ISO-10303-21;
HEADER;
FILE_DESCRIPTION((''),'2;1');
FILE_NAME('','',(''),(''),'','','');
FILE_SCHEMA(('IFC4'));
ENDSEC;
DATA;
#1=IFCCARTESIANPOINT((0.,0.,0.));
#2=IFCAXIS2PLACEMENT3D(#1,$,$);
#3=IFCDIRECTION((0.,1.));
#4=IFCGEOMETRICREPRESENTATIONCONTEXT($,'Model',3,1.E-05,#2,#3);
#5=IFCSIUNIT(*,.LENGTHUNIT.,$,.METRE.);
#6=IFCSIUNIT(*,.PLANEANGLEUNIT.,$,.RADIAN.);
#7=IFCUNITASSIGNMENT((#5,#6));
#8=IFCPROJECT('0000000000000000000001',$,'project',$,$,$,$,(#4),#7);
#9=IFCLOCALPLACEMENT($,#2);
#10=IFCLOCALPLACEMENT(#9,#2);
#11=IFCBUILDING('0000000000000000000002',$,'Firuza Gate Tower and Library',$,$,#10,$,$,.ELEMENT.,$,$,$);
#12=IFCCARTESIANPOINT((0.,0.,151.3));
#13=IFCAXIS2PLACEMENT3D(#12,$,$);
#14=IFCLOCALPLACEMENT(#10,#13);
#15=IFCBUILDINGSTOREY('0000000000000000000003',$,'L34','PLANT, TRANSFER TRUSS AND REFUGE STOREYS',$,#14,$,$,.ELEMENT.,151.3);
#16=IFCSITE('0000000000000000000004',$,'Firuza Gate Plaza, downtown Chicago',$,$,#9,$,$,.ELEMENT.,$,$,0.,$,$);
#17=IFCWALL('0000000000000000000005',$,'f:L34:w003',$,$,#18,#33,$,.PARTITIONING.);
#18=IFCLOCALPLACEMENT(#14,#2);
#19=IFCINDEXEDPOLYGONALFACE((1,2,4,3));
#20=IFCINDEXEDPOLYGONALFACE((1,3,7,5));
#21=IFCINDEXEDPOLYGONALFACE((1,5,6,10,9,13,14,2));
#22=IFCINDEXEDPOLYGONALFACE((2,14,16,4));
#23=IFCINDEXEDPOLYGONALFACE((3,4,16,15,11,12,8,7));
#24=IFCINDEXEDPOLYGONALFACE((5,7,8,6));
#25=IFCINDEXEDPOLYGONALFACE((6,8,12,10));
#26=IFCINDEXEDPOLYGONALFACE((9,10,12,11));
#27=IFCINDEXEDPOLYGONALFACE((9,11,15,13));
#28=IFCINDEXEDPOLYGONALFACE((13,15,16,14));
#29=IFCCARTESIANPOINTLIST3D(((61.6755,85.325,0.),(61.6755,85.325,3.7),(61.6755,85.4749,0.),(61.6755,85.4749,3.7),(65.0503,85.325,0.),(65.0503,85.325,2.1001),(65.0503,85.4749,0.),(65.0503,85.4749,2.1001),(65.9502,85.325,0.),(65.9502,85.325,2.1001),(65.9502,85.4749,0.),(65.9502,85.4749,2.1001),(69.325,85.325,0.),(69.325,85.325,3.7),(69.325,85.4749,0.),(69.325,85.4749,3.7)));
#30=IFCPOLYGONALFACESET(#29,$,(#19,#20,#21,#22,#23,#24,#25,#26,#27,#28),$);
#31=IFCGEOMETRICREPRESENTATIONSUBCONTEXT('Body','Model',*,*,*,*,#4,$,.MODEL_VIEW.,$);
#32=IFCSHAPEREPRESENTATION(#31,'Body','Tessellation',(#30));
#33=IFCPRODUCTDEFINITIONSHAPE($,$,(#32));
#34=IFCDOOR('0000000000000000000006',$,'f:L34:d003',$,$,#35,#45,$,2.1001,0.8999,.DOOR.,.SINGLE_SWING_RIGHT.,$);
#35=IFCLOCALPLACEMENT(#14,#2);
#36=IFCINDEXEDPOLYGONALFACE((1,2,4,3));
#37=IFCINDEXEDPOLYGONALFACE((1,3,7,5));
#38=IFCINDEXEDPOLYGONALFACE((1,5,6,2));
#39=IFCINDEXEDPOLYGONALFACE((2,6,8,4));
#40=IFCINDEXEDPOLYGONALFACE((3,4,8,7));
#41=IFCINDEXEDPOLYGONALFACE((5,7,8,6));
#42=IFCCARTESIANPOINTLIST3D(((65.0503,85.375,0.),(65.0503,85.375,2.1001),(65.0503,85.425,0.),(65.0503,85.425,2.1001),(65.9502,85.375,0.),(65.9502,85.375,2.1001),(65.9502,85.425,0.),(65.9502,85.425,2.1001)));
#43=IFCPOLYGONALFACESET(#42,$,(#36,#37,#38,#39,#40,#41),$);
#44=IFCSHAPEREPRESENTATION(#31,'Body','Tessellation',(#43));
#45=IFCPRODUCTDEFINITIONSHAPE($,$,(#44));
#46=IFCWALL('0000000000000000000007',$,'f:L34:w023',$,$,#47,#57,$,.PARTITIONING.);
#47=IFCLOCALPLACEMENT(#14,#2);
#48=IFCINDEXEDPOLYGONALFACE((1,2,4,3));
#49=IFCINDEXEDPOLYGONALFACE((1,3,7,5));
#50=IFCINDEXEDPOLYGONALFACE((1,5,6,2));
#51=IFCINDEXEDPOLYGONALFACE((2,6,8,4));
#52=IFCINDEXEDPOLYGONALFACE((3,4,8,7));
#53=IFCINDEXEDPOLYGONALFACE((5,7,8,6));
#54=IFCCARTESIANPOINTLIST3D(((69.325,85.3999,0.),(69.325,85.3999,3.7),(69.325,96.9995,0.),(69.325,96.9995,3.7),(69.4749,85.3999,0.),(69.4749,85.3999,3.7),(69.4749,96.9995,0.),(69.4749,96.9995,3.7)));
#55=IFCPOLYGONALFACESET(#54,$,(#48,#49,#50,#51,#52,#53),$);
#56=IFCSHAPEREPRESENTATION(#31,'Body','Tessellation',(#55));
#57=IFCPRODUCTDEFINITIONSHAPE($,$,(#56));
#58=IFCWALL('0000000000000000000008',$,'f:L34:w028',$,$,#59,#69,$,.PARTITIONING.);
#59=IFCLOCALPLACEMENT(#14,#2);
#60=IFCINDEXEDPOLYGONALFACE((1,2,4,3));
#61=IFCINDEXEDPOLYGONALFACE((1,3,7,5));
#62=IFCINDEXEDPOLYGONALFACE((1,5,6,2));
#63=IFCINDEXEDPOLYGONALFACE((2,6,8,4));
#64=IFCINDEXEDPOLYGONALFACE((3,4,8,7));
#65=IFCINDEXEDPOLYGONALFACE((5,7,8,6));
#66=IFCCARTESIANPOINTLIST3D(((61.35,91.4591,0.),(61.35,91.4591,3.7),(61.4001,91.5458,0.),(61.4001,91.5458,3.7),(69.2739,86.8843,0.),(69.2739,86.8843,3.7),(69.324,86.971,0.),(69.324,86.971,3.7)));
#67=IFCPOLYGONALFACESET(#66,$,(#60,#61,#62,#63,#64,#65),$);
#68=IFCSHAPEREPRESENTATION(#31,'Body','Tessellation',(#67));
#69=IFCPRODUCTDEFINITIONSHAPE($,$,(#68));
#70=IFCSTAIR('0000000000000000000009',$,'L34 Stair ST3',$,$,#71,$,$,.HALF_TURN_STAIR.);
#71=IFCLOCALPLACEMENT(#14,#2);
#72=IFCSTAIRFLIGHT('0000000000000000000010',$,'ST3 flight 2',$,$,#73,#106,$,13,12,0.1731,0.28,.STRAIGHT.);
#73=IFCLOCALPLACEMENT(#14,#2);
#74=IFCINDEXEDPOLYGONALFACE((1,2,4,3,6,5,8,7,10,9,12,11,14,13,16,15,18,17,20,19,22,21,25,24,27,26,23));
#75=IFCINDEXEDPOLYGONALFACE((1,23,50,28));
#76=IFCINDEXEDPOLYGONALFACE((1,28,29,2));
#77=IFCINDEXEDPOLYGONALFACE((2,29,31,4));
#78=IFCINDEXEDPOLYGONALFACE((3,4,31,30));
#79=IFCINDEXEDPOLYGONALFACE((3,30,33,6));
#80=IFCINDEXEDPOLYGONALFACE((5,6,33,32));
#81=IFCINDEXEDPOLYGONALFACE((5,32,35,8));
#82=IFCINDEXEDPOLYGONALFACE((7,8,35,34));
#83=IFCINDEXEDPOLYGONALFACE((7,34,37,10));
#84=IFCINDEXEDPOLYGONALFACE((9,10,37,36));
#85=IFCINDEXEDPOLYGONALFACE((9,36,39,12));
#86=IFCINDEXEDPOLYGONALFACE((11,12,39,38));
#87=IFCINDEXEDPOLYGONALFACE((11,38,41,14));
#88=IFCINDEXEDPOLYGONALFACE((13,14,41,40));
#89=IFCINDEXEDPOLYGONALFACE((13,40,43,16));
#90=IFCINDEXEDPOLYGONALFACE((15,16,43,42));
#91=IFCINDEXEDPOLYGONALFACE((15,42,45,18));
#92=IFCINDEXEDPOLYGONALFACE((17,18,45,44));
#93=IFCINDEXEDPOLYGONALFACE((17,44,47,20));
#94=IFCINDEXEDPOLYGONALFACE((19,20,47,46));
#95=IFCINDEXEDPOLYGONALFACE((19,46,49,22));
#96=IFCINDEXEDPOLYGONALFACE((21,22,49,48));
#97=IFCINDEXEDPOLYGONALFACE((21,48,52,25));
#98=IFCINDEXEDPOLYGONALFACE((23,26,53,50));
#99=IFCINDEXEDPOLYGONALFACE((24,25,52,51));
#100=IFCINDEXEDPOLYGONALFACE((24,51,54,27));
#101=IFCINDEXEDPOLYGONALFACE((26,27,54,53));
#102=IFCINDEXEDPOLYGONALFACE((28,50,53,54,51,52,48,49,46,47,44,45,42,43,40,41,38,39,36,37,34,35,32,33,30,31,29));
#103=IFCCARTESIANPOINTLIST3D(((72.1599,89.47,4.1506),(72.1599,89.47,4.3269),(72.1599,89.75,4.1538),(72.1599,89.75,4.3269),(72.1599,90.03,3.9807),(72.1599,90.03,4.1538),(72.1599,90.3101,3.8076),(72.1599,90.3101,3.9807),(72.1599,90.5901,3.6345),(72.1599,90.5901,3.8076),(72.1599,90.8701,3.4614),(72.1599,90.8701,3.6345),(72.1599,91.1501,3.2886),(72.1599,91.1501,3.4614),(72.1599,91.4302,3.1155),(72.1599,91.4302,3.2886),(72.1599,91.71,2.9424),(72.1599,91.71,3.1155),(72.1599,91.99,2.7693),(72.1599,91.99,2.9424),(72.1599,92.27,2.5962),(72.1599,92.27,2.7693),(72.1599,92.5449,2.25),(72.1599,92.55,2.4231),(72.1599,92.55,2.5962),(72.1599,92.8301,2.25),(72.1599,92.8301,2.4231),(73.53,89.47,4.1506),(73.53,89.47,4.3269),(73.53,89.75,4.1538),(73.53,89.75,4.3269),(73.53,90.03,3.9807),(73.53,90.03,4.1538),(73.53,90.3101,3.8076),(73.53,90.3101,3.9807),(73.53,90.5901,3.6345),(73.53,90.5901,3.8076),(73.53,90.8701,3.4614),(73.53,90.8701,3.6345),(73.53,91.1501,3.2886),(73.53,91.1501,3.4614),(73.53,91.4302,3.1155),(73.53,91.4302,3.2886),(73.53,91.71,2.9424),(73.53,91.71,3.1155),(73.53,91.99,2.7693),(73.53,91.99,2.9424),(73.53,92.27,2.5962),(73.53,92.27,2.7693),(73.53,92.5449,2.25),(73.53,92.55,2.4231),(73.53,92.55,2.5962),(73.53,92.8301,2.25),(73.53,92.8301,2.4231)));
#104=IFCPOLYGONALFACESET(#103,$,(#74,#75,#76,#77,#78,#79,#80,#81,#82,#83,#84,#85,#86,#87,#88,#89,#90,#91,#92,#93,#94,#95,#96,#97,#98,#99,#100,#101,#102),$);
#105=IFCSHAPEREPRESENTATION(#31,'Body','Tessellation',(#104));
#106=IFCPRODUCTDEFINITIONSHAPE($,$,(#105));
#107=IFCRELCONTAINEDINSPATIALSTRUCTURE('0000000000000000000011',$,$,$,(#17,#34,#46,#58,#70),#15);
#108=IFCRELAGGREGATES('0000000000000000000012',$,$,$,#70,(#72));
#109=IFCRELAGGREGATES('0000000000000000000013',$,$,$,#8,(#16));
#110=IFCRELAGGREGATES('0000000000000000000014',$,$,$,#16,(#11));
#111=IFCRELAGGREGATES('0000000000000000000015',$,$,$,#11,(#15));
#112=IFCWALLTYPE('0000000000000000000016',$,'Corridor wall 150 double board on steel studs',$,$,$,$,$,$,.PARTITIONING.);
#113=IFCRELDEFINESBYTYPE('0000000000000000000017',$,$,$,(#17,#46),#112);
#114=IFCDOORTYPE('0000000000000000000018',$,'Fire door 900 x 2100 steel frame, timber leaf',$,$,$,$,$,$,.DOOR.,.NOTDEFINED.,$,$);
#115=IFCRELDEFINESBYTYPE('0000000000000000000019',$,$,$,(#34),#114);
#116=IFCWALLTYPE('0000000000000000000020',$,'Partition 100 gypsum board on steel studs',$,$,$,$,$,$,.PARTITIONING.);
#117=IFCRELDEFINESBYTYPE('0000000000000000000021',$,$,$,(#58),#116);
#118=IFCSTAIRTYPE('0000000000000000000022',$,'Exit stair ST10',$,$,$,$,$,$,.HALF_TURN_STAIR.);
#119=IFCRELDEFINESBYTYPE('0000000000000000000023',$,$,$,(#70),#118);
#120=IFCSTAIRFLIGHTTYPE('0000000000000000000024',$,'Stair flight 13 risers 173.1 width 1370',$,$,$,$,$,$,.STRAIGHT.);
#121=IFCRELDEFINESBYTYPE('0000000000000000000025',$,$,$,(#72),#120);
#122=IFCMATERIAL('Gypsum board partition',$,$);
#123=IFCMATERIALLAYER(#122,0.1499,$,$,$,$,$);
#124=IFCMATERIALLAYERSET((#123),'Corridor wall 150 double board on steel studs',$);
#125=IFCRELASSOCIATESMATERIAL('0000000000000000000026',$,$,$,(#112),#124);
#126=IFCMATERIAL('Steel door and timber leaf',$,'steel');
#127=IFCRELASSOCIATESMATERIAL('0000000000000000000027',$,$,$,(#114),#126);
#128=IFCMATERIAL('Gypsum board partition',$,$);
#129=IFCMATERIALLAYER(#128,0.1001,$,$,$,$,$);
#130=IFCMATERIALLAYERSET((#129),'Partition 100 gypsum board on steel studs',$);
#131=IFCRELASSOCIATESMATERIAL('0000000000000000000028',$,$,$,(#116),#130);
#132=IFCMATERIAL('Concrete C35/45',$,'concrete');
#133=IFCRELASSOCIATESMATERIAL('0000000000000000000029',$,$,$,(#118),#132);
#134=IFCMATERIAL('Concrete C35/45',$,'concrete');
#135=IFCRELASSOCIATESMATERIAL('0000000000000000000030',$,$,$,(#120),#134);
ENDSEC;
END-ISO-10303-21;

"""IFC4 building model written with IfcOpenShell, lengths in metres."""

from ifc_helpers import new_model, si_unit, direction, frame, frame_2d, origin, place, context, subcontext, project, spatial, polyline, rectangle, outline, extrude, material, layer, layer_set, type_object, element, fill, aggregate, save


model = new_model("IFC4")

# Units and contexts
model_context = context("Model", 3, precision=1e-05, world=origin(), true_north=direction((0.0, 1.0)))
body_context = subcontext(model_context, "Body", "Model", "MODEL_VIEW")
ifc_project = project(units=[si_unit("LENGTHUNIT", "METRE"), si_unit("PLANEANGLEUNIT", "RADIAN")], contexts=[model_context])

# Site, building, storey
site_placement = place(None, origin())
site = spatial("IfcSite", under=ifc_project, at=site_placement, Name="Firuza Gate Plaza, downtown Chicago", CompositionType="ELEMENT", RefElevation=0.0)
building_placement = place(site_placement, origin())
building = spatial("IfcBuilding", under=site, at=building_placement, Name="Firuza Gate Tower and Library", CompositionType="ELEMENT")
storey_placement = place(building_placement, frame((0.0, 0.0, 151.3)))
storey = spatial("IfcBuildingStorey", under=building, at=storey_placement, Name="L34", Description="PLANT, TRANSFER TRUSS AND REFUGE STOREYS", CompositionType="ELEMENT", Elevation=151.3)

# Wall, opening, door
ifc_material_1 = material(Name="Gypsum board partition")
ifc_layer_1 = layer(ifc_material_1, 0.1499)
ifc_layer_set_1 = layer_set([ifc_layer_1], Name="Corridor wall 150 double board on steel studs")
wall_type_1 = type_object("IfcWallType", Name="Corridor wall 150 double board on steel studs", PredefinedType="PARTITIONING", material=ifc_layer_set_1)
wall_1_placement = place(storey_placement, frame((69.325, 85.3999, 0.0), z_axis=(0.0, 0.0, 1.0), x_axis=(-1.0, 0.0, 0.0)))
wall_1 = element("IfcWall", 1, at=wall_1_placement, inside=storey, type_object=wall_type_1, Name="f:L34:w003", PredefinedType="PARTITIONING", context=body_context, shape_type="SweptSolid", body=[
    extrude(rectangle(XDim=7.6494, YDim=0.1499, at=frame_2d((3.8247, 0.0))), origin(), (0.0, 0.0, 1.0), 3.7),
])
opening_1_placement = place(wall_1_placement, frame((3.3748, 0.0, 0.0)))
opening_1 = element("IfcOpeningElement", 2, at=opening_1_placement, cuts=wall_1, PredefinedType="OPENING", context=body_context, shape_type="SweptSolid", body=[
    extrude(rectangle(XDim=0.8999, YDim=2.1001, at=frame_2d((0.45, 1.05))), frame((0.0, 0.085, 0.0), z_axis=(0.0, -1.0, 0.0), x_axis=(1.0, 0.0, 0.0)), (0.0, 0.0, 1.0), 0.1699),
])
ifc_material_2 = material(Name="Steel door and timber leaf", Category="steel")
door_type_1 = type_object("IfcDoorType", Name="Fire door 900 x 2100 steel frame, timber leaf", OperationType="NOTDEFINED", PredefinedType="DOOR", material=ifc_material_2)
door_1_placement = place(opening_1_placement, origin())
door_1 = element("IfcDoor", 3, at=door_1_placement, inside=storey, type_object=door_type_1, Name="f:L34:d003", OperationType="SINGLE_SWING_RIGHT", OverallHeight=2.1001, OverallWidth=0.8999, PredefinedType="DOOR", context=body_context, shape_type="SweptSolid", body=[
    extrude(rectangle(XDim=0.8999, YDim=2.1001, at=frame_2d((0.45, 1.05))), frame((0.0, 0.0249, 0.0), z_axis=(0.0, -1.0, 0.0), x_axis=(1.0, 0.0, 0.0)), (0.0, 0.0, 1.0), 0.05),
])
fill(opening_1, door_1)

# Walls
wall_2_placement = place(storey_placement, frame((69.3999, 85.3999, 0.0), z_axis=(0.0, 0.0, 1.0), x_axis=(0.0, 1.0, 0.0)))
element("IfcWall", 4, at=wall_2_placement, inside=storey, type_object=wall_type_1, Name="f:L34:w023", PredefinedType="PARTITIONING", context=body_context, shape_type="SweptSolid", body=[
    extrude(rectangle(XDim=11.5996, YDim=0.1499, at=frame_2d((5.7998, 0.0))), origin(), (0.0, 0.0, 1.0), 3.7),
])
ifc_material_3 = material(Name="Gypsum board partition")
ifc_layer_2 = layer(ifc_material_3, 0.1001)
ifc_layer_set_2 = layer_set([ifc_layer_2], Name="Partition 100 gypsum board on steel studs")
wall_type_2 = type_object("IfcWallType", Name="Partition 100 gypsum board on steel studs", PredefinedType="PARTITIONING", material=ifc_layer_set_2)
wall_3_placement = place(storey_placement, frame((69.2988, 86.9277, 0.0), z_axis=(0.0, 0.0, 1.0), x_axis=(-0.866031, 0.49999, 0.0)))
element("IfcWall", 5, at=wall_3_placement, inside=storey, type_object=wall_type_2, Name="f:L34:w028", PredefinedType="PARTITIONING", context=body_context, shape_type="SweptSolid", body=[
    extrude(rectangle(XDim=9.1497, YDim=0.1001, at=frame_2d((4.5747, 0.0))), origin(), (0.0, 0.0, 1.0), 3.7),
])

# Stair, stair flight
ifc_material_4 = material(Name="Concrete C35/45", Category="concrete")
stair_type = type_object("IfcStairType", Name="Exit stair ST10", PredefinedType="HALF_TURN_STAIR", material=ifc_material_4)
stair_placement = place(storey_placement, origin())
stair = element("IfcStair", 6, at=stair_placement, inside=storey, type_object=stair_type, Name="L34 Stair ST3", PredefinedType="HALF_TURN_STAIR")
ifc_material_5 = material(Name="Concrete C35/45", Category="concrete")
stair_flight_type = type_object("IfcStairFlightType", Name="Stair flight 13 risers 173.1 width 1370", PredefinedType="STRAIGHT", material=ifc_material_5)
stair_flight_placement = place(storey_placement, frame((72.845, 92.8301, 2.25), z_axis=(0.0, 0.0, 1.0), x_axis=(0.0, -1.0, 0.0)))
stair_flight = element("IfcStairFlight", 7, at=stair_flight_placement, type_object=stair_flight_type, Name="ST3 flight 2", NumberOfRisers=13, NumberOfTreads=12, PredefinedType="STRAIGHT", RiserHeight=0.1731, TreadLength=0.28, context=body_context, shape_type="SweptSolid", body=[
    extrude(outline(polyline([(0.0, 0.0), (0.0, 0.1731), (0.28, 0.1731), (0.28, 0.3462), (0.5601, 0.3462), (0.5601, 0.5193), (0.8401, 0.5193), (0.8401, 0.6924), (1.1201, 0.6924), (1.1201, 0.8655), (1.3999, 0.8655), (1.3999, 1.0386), (1.6799, 1.0386), (1.6799, 1.2114), (1.96, 1.2114), (1.96, 1.3845), (2.24, 1.3845), (2.24, 1.5576), (2.52, 1.5576), (2.52, 1.7307), (2.8, 1.7307), (2.8, 1.9038), (3.0801, 1.9038), (3.0801, 2.0769), (3.3601, 2.0769), (3.3601, 2.25), (3.3601, 1.9006), (0.2852, 0.0), (0.0, 0.0)])), frame((0.0, 0.6851, 0.0), z_axis=(0.0, -1.0, 0.0), x_axis=(1.0, 0.0, 0.0)), (0.0, 0.0, 1.0), 1.3701),
])
aggregate(stair, [stair_flight])

save(model, "model.ifc")
